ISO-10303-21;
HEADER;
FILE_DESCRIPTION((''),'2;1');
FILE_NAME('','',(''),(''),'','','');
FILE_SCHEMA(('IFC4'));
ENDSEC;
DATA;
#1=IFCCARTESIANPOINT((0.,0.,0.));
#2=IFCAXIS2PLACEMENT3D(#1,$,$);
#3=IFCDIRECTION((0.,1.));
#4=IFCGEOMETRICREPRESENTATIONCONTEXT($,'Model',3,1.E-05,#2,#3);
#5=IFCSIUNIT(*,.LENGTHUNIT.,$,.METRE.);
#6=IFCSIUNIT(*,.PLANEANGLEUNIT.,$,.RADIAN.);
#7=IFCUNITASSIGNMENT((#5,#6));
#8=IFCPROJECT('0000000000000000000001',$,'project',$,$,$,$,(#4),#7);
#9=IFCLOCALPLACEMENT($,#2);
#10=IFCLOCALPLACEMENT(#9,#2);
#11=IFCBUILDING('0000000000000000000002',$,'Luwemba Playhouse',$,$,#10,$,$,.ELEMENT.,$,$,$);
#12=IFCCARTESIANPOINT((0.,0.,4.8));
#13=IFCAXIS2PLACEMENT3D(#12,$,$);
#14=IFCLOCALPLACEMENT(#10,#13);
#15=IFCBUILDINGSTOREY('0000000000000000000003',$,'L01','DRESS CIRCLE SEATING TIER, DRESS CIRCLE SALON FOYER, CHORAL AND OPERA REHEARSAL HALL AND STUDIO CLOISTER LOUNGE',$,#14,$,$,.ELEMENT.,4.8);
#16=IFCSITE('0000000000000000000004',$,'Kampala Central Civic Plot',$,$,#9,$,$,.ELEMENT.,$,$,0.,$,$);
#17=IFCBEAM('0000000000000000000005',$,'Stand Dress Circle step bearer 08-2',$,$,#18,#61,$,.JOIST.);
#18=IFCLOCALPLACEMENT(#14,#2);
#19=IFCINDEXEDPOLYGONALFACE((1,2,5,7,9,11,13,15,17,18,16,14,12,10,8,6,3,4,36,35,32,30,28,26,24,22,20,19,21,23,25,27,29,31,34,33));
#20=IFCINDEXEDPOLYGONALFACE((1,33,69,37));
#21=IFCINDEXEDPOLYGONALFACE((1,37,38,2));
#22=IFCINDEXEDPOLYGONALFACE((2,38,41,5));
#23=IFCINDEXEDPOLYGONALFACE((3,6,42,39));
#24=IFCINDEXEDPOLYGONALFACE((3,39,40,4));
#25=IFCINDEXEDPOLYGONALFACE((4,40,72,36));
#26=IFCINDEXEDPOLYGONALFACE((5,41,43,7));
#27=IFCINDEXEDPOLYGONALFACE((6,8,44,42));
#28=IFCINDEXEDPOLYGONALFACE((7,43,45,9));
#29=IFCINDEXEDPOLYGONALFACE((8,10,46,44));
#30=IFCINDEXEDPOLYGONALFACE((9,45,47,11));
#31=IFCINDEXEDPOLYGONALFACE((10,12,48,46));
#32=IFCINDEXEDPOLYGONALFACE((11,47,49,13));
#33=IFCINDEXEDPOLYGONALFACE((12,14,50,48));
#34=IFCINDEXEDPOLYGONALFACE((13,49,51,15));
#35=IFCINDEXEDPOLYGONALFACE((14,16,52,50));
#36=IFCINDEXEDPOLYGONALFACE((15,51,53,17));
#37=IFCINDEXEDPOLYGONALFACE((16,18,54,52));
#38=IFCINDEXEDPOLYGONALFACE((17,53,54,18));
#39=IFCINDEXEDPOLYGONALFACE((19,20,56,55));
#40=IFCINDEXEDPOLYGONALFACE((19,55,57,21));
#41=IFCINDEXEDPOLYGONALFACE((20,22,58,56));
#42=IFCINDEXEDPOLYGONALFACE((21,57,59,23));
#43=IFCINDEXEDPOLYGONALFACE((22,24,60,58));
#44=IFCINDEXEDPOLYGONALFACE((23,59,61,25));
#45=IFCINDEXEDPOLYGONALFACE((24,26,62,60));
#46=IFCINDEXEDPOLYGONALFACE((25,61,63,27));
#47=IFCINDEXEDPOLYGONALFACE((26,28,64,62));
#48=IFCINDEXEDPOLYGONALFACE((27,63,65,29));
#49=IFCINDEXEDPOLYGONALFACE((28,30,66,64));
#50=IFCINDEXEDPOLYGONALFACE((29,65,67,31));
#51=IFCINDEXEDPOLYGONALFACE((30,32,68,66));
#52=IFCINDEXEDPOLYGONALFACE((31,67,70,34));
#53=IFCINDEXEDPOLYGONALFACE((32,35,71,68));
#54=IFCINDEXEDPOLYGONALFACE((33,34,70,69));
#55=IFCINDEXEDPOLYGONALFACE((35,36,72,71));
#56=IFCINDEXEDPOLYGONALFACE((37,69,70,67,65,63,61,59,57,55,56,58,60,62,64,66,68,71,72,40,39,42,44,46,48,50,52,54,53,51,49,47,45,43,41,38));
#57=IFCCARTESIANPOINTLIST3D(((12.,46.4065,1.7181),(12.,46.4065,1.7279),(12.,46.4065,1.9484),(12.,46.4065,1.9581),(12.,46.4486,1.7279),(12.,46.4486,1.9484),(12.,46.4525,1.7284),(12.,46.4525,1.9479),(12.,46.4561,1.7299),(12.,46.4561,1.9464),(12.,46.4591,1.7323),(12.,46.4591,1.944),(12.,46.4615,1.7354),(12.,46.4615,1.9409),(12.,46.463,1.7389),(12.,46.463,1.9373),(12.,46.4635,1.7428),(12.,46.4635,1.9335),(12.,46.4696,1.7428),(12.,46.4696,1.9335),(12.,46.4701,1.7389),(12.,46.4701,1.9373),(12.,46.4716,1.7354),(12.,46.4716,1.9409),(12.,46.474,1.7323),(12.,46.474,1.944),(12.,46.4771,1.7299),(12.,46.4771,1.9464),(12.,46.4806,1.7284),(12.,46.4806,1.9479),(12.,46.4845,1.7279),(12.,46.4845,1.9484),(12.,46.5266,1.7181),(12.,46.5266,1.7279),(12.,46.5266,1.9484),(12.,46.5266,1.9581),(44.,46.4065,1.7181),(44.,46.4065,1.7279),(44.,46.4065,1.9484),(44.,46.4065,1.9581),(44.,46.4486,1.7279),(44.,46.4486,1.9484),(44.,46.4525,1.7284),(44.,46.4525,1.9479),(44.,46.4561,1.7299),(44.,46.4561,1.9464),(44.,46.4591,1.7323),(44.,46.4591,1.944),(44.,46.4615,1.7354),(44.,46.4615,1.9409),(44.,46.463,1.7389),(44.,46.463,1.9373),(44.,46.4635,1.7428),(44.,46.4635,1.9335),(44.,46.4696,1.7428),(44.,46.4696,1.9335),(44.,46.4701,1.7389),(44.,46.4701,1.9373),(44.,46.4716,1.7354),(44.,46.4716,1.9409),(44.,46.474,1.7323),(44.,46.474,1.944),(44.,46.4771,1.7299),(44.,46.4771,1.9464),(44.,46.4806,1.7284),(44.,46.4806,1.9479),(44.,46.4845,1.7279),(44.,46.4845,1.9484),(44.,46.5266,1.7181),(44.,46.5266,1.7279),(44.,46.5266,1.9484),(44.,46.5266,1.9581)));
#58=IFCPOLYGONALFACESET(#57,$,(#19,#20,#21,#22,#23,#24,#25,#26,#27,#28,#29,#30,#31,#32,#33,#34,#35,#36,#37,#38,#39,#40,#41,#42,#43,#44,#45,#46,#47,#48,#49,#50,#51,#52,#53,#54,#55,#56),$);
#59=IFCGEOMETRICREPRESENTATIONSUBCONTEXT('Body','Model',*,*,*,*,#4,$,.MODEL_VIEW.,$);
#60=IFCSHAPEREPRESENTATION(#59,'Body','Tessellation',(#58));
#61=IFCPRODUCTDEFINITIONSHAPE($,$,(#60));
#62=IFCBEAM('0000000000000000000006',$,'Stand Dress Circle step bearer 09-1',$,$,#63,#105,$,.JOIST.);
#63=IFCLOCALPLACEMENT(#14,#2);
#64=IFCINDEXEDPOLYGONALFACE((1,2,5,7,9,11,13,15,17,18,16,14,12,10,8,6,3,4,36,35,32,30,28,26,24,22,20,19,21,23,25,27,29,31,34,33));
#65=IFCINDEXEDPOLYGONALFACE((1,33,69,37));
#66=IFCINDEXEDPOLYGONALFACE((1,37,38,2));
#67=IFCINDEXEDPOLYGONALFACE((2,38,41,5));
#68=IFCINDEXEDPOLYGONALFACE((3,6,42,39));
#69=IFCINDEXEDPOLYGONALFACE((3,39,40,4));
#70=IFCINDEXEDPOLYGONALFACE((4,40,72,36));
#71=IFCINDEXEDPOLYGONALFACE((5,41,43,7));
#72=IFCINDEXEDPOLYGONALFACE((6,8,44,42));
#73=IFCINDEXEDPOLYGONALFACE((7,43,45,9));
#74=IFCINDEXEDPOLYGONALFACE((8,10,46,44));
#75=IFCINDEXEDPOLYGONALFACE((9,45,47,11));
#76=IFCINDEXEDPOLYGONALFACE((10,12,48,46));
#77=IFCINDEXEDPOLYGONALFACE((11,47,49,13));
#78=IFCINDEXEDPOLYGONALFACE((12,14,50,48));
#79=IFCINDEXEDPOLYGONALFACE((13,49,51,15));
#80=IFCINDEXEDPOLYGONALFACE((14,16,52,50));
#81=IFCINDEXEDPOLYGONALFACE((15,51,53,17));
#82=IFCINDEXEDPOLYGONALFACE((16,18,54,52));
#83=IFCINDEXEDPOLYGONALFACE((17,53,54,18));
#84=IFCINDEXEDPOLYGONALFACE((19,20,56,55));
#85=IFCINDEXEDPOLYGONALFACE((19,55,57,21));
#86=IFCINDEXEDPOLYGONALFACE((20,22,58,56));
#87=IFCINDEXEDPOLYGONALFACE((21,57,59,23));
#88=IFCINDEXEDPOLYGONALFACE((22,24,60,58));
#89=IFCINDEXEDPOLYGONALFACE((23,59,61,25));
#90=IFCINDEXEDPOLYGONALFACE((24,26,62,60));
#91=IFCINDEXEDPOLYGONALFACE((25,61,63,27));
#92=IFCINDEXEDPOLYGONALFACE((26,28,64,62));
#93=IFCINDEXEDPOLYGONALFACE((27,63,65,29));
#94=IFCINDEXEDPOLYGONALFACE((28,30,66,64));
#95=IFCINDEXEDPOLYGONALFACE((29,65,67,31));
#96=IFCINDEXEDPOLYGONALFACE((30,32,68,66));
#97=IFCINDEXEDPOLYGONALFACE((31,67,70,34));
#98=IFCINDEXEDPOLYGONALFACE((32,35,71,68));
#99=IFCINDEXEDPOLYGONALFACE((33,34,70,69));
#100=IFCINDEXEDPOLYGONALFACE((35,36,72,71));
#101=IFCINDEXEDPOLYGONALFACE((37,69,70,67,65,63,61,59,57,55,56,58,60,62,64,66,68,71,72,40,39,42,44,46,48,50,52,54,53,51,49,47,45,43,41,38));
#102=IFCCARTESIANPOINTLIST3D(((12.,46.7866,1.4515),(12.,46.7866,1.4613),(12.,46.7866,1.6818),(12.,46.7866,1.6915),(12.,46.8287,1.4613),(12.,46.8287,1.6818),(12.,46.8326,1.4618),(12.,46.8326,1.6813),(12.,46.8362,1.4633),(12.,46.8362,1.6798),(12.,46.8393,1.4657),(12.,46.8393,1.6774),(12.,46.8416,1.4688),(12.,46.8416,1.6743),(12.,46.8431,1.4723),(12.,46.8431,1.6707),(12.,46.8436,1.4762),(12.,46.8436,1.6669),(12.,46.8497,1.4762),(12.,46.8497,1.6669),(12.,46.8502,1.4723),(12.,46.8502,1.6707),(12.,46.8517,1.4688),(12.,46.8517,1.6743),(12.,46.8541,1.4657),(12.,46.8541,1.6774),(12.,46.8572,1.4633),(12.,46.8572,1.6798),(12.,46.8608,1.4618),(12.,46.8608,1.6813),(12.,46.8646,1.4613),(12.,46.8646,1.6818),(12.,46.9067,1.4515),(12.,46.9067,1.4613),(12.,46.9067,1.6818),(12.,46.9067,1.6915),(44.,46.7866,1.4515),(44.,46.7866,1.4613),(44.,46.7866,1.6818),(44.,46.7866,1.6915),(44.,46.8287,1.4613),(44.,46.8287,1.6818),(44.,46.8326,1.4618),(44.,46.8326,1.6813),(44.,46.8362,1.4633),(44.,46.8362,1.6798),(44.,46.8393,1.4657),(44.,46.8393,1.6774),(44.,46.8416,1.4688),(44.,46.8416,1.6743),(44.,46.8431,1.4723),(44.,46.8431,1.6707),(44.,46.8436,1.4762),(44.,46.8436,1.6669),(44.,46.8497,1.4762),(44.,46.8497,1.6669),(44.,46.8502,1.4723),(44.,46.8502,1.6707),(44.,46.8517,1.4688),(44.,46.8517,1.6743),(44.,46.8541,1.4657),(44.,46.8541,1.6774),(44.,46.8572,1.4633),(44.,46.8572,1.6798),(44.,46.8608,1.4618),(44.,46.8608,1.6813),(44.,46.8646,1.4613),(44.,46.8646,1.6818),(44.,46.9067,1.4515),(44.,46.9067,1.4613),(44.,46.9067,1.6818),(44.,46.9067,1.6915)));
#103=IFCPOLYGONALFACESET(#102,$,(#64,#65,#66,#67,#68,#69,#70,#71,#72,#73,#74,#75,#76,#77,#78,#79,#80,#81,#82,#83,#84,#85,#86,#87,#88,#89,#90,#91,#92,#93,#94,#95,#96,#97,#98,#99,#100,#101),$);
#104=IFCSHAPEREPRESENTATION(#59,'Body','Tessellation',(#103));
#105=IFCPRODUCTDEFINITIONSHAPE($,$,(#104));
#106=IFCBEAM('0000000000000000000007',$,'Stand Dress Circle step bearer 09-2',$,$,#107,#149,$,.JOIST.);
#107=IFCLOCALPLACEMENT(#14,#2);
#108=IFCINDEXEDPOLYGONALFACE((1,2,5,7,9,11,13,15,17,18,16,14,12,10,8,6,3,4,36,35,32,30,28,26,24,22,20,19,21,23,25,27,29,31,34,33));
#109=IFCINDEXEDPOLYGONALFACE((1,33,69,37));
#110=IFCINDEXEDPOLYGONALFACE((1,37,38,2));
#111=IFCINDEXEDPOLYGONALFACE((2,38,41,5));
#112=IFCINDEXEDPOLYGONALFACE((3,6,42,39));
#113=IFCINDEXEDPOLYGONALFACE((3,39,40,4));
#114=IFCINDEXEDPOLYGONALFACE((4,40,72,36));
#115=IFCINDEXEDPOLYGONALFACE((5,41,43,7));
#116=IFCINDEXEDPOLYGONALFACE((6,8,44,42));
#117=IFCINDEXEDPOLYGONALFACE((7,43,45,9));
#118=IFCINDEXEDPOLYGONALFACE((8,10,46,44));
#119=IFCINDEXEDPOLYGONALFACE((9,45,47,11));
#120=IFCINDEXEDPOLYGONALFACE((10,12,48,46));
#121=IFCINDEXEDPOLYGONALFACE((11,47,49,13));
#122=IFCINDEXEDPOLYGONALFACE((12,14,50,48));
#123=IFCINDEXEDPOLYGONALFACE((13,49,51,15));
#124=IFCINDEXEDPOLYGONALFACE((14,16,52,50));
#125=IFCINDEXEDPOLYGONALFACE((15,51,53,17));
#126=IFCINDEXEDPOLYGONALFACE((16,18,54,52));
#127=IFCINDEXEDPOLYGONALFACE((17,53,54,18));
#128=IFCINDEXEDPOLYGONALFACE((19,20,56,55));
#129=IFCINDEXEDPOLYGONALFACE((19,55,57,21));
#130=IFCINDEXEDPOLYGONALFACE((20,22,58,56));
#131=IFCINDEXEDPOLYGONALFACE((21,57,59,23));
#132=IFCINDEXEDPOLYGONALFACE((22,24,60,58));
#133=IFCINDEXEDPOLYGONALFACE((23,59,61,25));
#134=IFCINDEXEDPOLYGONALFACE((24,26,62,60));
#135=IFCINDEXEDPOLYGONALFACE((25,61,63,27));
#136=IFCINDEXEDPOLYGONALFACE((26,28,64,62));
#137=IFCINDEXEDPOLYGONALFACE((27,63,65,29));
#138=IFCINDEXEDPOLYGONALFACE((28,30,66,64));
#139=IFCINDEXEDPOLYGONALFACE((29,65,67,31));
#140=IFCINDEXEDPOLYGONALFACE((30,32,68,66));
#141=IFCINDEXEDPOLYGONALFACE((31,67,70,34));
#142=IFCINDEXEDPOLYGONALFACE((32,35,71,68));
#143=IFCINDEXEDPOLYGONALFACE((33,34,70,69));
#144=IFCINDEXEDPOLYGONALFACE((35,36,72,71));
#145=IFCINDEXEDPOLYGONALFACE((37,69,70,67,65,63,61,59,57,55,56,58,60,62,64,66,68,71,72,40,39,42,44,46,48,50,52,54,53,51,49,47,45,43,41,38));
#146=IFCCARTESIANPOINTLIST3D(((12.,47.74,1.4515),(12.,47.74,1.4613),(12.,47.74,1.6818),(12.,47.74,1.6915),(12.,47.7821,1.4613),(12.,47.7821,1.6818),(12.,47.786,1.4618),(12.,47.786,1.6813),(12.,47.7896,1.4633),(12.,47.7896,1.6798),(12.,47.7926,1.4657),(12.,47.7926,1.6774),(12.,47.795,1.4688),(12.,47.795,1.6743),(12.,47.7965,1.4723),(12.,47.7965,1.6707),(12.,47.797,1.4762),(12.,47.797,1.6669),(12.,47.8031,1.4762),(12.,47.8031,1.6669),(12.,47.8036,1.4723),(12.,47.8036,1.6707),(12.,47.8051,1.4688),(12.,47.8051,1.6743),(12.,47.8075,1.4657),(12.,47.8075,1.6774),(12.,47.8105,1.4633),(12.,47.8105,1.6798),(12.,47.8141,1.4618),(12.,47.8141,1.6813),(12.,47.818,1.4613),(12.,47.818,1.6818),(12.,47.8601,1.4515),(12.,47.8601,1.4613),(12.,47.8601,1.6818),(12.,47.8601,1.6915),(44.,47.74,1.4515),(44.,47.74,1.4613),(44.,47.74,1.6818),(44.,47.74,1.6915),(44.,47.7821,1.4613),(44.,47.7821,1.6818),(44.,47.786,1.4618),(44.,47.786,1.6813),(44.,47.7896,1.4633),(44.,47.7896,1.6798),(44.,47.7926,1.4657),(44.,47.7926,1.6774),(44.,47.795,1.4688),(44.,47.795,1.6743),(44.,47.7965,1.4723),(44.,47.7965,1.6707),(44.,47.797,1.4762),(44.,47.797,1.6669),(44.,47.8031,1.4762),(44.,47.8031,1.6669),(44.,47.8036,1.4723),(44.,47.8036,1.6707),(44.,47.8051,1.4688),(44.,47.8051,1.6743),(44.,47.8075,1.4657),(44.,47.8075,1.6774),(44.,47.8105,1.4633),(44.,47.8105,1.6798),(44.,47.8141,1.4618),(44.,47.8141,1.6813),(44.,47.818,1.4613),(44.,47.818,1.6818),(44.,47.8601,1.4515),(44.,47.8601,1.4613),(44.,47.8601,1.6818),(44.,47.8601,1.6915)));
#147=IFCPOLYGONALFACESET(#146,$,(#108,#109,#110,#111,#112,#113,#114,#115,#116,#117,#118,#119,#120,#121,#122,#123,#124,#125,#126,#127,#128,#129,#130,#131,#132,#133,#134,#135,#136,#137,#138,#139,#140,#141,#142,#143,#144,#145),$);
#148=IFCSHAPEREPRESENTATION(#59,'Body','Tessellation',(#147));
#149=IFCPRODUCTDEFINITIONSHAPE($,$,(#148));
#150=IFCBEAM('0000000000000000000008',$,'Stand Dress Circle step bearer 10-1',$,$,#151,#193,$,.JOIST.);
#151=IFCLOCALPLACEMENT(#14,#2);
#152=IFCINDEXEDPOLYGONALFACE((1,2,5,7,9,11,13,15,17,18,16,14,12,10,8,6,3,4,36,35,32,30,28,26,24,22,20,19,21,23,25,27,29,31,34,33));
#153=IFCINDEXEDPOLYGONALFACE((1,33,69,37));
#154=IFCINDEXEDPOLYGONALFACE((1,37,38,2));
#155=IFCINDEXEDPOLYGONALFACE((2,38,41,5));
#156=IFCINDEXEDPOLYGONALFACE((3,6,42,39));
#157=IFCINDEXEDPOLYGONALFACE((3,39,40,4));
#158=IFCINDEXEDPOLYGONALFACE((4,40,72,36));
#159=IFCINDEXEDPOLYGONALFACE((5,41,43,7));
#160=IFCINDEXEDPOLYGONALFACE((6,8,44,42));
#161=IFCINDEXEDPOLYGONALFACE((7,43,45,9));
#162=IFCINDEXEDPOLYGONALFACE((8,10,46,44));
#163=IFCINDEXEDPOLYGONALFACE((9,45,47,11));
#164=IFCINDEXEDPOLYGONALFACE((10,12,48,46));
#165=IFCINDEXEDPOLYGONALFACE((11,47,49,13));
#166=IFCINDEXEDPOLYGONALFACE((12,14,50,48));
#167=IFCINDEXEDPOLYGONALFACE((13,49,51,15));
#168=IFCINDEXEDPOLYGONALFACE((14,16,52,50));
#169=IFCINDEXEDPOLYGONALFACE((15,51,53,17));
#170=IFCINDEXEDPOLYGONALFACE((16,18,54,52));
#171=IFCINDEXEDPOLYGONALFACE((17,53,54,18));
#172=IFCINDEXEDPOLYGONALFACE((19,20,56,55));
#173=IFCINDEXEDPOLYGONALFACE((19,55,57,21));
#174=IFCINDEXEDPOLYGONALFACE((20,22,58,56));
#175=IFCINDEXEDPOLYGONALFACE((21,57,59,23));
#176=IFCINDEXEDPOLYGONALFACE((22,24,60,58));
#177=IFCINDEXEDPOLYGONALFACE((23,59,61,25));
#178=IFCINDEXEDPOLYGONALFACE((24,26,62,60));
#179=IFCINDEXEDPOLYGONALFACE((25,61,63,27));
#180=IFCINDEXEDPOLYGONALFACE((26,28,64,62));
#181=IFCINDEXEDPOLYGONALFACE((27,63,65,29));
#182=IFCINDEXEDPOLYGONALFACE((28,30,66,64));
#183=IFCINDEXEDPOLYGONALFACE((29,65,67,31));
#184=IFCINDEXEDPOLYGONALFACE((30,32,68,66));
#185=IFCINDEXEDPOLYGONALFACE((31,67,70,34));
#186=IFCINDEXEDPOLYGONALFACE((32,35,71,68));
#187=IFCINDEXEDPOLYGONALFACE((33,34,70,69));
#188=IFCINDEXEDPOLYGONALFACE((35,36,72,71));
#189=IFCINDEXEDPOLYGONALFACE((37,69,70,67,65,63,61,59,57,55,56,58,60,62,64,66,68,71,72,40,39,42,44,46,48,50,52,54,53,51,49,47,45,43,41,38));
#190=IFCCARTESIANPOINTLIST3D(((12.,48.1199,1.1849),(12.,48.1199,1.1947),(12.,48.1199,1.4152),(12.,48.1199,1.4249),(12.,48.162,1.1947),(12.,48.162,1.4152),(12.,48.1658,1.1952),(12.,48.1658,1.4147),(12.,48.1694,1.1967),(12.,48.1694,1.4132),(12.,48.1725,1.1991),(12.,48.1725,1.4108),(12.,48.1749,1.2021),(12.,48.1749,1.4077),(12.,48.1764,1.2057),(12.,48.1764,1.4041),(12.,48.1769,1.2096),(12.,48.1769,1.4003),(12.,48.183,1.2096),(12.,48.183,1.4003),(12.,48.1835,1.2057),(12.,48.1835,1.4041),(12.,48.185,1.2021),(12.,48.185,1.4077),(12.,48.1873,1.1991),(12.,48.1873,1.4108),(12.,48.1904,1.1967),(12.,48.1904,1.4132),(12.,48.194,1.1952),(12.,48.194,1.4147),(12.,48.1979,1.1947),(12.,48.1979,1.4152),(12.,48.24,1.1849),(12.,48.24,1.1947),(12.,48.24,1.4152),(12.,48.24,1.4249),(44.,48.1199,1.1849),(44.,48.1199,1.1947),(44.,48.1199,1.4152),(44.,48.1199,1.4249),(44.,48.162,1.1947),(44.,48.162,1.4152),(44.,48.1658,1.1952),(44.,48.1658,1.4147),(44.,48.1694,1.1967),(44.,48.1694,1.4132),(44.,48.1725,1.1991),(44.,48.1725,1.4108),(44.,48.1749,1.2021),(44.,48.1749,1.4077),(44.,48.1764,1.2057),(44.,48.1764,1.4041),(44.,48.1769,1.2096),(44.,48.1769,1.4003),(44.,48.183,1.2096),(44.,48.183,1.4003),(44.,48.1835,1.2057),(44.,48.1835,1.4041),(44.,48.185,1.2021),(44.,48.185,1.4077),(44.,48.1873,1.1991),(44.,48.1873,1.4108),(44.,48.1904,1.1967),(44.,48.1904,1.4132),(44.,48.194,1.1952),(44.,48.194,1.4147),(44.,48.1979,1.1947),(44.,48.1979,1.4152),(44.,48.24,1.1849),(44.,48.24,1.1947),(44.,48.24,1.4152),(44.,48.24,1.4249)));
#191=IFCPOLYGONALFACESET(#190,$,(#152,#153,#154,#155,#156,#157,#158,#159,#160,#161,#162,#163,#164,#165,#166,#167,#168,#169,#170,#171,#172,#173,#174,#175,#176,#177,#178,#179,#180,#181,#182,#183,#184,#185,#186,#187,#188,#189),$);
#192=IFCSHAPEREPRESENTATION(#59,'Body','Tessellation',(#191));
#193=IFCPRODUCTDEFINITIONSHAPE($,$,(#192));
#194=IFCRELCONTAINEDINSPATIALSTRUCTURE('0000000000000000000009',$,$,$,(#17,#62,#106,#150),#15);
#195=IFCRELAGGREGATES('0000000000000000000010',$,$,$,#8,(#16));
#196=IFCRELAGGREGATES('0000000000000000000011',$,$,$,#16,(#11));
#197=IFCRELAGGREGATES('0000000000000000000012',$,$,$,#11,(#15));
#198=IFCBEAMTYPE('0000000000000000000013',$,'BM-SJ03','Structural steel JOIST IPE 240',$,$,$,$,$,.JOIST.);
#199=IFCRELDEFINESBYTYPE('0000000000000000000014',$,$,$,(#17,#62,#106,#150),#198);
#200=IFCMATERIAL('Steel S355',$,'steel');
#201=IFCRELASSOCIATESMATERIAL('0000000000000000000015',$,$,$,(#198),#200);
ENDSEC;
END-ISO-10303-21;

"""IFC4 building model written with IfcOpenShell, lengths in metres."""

from ifc_helpers import new_model, si_unit, direction, frame, origin, origin_2d, place, context, subcontext, project, spatial, i_section, extrude, material, material_profile, profile_set, type_object, element, save


model = new_model("IFC4")

# Units and contexts
model_context = context("Model", 3, precision=1e-05, world=origin(), true_north=direction((0.0, 1.0)))
body_context = subcontext(model_context, "Body", "Model", "MODEL_VIEW")
ifc_project = project(units=[si_unit("LENGTHUNIT", "METRE"), si_unit("PLANEANGLEUNIT", "RADIAN")], contexts=[model_context])

# Site, building, storey
site_placement = place(None, origin())
site = spatial("IfcSite", under=ifc_project, at=site_placement, Name="Kampala Central Civic Plot", CompositionType="ELEMENT", RefElevation=0.0)
building_placement = place(site_placement, origin())
building = spatial("IfcBuilding", under=site, at=building_placement, Name="Luwemba Playhouse", CompositionType="ELEMENT")
storey_placement = place(building_placement, frame((0.0, 0.0, 4.8)))
storey = spatial("IfcBuildingStorey", under=building, at=storey_placement, Name="L01", Description="DRESS CIRCLE SEATING TIER, DRESS CIRCLE SALON FOYER, CHORAL AND OPERA REHEARSAL HALL AND STUDIO CLOISTER LOUNGE", CompositionType="ELEMENT", Elevation=4.8)

# Beams
ifc_material_1 = material(Name="Steel S355", Category="steel")
ifc_material_profile_1 = material_profile(ifc_material_1, i_section(OverallWidth=0.1201, OverallDepth=0.24, WebThickness=0.0061, FlangeThickness=0.0098, FilletRadius=0.0149, at=origin_2d()))
ifc_profile_set_1 = profile_set([ifc_material_profile_1], Name="Steel S355")
beam_type_1 = type_object("IfcBeamType", Name="BM-SJ03", Description="Structural steel JOIST IPE 240", PredefinedType="JOIST", material=ifc_profile_set_1)
for number, where, z_axis, x_axis, name in (
    (1, (12.0, 46.4666, 1.8381), (1.0, 0.0, 0.0), (0.0, 1.0, 0.0), "Stand Dress Circle step bearer 08-2"),
    (2, (12.0, 46.8467, 1.5715), (1.0, 0.0, 0.0), (0.0, 1.0, 0.0), "Stand Dress Circle step bearer 09-1"),
    (3, (12.0, 47.8, 1.5715), (1.0, 0.0, 0.0), (0.0, 1.0, 0.0), "Stand Dress Circle step bearer 09-2"),
    (4, (12.0, 48.1799, 1.3049), (1.0, 0.0, 0.0), (0.0, 1.0, 0.0), "Stand Dress Circle step bearer 10-1"),
):
    element("IfcBeam", number, at=place(storey_placement, frame(where, z_axis=z_axis, x_axis=x_axis)), inside=storey, type_object=beam_type_1, Name=name, PredefinedType="JOIST", context=body_context, shape_type="SweptSolid", body=[
        extrude(i_section(OverallWidth=0.1201, OverallDepth=0.24, WebThickness=0.0061, FlangeThickness=0.0098, FilletRadius=0.0149, at=origin_2d()), origin(), (0.0, 0.0, 1.0), 32.0),
    ])

save(model, "model.ifc")
